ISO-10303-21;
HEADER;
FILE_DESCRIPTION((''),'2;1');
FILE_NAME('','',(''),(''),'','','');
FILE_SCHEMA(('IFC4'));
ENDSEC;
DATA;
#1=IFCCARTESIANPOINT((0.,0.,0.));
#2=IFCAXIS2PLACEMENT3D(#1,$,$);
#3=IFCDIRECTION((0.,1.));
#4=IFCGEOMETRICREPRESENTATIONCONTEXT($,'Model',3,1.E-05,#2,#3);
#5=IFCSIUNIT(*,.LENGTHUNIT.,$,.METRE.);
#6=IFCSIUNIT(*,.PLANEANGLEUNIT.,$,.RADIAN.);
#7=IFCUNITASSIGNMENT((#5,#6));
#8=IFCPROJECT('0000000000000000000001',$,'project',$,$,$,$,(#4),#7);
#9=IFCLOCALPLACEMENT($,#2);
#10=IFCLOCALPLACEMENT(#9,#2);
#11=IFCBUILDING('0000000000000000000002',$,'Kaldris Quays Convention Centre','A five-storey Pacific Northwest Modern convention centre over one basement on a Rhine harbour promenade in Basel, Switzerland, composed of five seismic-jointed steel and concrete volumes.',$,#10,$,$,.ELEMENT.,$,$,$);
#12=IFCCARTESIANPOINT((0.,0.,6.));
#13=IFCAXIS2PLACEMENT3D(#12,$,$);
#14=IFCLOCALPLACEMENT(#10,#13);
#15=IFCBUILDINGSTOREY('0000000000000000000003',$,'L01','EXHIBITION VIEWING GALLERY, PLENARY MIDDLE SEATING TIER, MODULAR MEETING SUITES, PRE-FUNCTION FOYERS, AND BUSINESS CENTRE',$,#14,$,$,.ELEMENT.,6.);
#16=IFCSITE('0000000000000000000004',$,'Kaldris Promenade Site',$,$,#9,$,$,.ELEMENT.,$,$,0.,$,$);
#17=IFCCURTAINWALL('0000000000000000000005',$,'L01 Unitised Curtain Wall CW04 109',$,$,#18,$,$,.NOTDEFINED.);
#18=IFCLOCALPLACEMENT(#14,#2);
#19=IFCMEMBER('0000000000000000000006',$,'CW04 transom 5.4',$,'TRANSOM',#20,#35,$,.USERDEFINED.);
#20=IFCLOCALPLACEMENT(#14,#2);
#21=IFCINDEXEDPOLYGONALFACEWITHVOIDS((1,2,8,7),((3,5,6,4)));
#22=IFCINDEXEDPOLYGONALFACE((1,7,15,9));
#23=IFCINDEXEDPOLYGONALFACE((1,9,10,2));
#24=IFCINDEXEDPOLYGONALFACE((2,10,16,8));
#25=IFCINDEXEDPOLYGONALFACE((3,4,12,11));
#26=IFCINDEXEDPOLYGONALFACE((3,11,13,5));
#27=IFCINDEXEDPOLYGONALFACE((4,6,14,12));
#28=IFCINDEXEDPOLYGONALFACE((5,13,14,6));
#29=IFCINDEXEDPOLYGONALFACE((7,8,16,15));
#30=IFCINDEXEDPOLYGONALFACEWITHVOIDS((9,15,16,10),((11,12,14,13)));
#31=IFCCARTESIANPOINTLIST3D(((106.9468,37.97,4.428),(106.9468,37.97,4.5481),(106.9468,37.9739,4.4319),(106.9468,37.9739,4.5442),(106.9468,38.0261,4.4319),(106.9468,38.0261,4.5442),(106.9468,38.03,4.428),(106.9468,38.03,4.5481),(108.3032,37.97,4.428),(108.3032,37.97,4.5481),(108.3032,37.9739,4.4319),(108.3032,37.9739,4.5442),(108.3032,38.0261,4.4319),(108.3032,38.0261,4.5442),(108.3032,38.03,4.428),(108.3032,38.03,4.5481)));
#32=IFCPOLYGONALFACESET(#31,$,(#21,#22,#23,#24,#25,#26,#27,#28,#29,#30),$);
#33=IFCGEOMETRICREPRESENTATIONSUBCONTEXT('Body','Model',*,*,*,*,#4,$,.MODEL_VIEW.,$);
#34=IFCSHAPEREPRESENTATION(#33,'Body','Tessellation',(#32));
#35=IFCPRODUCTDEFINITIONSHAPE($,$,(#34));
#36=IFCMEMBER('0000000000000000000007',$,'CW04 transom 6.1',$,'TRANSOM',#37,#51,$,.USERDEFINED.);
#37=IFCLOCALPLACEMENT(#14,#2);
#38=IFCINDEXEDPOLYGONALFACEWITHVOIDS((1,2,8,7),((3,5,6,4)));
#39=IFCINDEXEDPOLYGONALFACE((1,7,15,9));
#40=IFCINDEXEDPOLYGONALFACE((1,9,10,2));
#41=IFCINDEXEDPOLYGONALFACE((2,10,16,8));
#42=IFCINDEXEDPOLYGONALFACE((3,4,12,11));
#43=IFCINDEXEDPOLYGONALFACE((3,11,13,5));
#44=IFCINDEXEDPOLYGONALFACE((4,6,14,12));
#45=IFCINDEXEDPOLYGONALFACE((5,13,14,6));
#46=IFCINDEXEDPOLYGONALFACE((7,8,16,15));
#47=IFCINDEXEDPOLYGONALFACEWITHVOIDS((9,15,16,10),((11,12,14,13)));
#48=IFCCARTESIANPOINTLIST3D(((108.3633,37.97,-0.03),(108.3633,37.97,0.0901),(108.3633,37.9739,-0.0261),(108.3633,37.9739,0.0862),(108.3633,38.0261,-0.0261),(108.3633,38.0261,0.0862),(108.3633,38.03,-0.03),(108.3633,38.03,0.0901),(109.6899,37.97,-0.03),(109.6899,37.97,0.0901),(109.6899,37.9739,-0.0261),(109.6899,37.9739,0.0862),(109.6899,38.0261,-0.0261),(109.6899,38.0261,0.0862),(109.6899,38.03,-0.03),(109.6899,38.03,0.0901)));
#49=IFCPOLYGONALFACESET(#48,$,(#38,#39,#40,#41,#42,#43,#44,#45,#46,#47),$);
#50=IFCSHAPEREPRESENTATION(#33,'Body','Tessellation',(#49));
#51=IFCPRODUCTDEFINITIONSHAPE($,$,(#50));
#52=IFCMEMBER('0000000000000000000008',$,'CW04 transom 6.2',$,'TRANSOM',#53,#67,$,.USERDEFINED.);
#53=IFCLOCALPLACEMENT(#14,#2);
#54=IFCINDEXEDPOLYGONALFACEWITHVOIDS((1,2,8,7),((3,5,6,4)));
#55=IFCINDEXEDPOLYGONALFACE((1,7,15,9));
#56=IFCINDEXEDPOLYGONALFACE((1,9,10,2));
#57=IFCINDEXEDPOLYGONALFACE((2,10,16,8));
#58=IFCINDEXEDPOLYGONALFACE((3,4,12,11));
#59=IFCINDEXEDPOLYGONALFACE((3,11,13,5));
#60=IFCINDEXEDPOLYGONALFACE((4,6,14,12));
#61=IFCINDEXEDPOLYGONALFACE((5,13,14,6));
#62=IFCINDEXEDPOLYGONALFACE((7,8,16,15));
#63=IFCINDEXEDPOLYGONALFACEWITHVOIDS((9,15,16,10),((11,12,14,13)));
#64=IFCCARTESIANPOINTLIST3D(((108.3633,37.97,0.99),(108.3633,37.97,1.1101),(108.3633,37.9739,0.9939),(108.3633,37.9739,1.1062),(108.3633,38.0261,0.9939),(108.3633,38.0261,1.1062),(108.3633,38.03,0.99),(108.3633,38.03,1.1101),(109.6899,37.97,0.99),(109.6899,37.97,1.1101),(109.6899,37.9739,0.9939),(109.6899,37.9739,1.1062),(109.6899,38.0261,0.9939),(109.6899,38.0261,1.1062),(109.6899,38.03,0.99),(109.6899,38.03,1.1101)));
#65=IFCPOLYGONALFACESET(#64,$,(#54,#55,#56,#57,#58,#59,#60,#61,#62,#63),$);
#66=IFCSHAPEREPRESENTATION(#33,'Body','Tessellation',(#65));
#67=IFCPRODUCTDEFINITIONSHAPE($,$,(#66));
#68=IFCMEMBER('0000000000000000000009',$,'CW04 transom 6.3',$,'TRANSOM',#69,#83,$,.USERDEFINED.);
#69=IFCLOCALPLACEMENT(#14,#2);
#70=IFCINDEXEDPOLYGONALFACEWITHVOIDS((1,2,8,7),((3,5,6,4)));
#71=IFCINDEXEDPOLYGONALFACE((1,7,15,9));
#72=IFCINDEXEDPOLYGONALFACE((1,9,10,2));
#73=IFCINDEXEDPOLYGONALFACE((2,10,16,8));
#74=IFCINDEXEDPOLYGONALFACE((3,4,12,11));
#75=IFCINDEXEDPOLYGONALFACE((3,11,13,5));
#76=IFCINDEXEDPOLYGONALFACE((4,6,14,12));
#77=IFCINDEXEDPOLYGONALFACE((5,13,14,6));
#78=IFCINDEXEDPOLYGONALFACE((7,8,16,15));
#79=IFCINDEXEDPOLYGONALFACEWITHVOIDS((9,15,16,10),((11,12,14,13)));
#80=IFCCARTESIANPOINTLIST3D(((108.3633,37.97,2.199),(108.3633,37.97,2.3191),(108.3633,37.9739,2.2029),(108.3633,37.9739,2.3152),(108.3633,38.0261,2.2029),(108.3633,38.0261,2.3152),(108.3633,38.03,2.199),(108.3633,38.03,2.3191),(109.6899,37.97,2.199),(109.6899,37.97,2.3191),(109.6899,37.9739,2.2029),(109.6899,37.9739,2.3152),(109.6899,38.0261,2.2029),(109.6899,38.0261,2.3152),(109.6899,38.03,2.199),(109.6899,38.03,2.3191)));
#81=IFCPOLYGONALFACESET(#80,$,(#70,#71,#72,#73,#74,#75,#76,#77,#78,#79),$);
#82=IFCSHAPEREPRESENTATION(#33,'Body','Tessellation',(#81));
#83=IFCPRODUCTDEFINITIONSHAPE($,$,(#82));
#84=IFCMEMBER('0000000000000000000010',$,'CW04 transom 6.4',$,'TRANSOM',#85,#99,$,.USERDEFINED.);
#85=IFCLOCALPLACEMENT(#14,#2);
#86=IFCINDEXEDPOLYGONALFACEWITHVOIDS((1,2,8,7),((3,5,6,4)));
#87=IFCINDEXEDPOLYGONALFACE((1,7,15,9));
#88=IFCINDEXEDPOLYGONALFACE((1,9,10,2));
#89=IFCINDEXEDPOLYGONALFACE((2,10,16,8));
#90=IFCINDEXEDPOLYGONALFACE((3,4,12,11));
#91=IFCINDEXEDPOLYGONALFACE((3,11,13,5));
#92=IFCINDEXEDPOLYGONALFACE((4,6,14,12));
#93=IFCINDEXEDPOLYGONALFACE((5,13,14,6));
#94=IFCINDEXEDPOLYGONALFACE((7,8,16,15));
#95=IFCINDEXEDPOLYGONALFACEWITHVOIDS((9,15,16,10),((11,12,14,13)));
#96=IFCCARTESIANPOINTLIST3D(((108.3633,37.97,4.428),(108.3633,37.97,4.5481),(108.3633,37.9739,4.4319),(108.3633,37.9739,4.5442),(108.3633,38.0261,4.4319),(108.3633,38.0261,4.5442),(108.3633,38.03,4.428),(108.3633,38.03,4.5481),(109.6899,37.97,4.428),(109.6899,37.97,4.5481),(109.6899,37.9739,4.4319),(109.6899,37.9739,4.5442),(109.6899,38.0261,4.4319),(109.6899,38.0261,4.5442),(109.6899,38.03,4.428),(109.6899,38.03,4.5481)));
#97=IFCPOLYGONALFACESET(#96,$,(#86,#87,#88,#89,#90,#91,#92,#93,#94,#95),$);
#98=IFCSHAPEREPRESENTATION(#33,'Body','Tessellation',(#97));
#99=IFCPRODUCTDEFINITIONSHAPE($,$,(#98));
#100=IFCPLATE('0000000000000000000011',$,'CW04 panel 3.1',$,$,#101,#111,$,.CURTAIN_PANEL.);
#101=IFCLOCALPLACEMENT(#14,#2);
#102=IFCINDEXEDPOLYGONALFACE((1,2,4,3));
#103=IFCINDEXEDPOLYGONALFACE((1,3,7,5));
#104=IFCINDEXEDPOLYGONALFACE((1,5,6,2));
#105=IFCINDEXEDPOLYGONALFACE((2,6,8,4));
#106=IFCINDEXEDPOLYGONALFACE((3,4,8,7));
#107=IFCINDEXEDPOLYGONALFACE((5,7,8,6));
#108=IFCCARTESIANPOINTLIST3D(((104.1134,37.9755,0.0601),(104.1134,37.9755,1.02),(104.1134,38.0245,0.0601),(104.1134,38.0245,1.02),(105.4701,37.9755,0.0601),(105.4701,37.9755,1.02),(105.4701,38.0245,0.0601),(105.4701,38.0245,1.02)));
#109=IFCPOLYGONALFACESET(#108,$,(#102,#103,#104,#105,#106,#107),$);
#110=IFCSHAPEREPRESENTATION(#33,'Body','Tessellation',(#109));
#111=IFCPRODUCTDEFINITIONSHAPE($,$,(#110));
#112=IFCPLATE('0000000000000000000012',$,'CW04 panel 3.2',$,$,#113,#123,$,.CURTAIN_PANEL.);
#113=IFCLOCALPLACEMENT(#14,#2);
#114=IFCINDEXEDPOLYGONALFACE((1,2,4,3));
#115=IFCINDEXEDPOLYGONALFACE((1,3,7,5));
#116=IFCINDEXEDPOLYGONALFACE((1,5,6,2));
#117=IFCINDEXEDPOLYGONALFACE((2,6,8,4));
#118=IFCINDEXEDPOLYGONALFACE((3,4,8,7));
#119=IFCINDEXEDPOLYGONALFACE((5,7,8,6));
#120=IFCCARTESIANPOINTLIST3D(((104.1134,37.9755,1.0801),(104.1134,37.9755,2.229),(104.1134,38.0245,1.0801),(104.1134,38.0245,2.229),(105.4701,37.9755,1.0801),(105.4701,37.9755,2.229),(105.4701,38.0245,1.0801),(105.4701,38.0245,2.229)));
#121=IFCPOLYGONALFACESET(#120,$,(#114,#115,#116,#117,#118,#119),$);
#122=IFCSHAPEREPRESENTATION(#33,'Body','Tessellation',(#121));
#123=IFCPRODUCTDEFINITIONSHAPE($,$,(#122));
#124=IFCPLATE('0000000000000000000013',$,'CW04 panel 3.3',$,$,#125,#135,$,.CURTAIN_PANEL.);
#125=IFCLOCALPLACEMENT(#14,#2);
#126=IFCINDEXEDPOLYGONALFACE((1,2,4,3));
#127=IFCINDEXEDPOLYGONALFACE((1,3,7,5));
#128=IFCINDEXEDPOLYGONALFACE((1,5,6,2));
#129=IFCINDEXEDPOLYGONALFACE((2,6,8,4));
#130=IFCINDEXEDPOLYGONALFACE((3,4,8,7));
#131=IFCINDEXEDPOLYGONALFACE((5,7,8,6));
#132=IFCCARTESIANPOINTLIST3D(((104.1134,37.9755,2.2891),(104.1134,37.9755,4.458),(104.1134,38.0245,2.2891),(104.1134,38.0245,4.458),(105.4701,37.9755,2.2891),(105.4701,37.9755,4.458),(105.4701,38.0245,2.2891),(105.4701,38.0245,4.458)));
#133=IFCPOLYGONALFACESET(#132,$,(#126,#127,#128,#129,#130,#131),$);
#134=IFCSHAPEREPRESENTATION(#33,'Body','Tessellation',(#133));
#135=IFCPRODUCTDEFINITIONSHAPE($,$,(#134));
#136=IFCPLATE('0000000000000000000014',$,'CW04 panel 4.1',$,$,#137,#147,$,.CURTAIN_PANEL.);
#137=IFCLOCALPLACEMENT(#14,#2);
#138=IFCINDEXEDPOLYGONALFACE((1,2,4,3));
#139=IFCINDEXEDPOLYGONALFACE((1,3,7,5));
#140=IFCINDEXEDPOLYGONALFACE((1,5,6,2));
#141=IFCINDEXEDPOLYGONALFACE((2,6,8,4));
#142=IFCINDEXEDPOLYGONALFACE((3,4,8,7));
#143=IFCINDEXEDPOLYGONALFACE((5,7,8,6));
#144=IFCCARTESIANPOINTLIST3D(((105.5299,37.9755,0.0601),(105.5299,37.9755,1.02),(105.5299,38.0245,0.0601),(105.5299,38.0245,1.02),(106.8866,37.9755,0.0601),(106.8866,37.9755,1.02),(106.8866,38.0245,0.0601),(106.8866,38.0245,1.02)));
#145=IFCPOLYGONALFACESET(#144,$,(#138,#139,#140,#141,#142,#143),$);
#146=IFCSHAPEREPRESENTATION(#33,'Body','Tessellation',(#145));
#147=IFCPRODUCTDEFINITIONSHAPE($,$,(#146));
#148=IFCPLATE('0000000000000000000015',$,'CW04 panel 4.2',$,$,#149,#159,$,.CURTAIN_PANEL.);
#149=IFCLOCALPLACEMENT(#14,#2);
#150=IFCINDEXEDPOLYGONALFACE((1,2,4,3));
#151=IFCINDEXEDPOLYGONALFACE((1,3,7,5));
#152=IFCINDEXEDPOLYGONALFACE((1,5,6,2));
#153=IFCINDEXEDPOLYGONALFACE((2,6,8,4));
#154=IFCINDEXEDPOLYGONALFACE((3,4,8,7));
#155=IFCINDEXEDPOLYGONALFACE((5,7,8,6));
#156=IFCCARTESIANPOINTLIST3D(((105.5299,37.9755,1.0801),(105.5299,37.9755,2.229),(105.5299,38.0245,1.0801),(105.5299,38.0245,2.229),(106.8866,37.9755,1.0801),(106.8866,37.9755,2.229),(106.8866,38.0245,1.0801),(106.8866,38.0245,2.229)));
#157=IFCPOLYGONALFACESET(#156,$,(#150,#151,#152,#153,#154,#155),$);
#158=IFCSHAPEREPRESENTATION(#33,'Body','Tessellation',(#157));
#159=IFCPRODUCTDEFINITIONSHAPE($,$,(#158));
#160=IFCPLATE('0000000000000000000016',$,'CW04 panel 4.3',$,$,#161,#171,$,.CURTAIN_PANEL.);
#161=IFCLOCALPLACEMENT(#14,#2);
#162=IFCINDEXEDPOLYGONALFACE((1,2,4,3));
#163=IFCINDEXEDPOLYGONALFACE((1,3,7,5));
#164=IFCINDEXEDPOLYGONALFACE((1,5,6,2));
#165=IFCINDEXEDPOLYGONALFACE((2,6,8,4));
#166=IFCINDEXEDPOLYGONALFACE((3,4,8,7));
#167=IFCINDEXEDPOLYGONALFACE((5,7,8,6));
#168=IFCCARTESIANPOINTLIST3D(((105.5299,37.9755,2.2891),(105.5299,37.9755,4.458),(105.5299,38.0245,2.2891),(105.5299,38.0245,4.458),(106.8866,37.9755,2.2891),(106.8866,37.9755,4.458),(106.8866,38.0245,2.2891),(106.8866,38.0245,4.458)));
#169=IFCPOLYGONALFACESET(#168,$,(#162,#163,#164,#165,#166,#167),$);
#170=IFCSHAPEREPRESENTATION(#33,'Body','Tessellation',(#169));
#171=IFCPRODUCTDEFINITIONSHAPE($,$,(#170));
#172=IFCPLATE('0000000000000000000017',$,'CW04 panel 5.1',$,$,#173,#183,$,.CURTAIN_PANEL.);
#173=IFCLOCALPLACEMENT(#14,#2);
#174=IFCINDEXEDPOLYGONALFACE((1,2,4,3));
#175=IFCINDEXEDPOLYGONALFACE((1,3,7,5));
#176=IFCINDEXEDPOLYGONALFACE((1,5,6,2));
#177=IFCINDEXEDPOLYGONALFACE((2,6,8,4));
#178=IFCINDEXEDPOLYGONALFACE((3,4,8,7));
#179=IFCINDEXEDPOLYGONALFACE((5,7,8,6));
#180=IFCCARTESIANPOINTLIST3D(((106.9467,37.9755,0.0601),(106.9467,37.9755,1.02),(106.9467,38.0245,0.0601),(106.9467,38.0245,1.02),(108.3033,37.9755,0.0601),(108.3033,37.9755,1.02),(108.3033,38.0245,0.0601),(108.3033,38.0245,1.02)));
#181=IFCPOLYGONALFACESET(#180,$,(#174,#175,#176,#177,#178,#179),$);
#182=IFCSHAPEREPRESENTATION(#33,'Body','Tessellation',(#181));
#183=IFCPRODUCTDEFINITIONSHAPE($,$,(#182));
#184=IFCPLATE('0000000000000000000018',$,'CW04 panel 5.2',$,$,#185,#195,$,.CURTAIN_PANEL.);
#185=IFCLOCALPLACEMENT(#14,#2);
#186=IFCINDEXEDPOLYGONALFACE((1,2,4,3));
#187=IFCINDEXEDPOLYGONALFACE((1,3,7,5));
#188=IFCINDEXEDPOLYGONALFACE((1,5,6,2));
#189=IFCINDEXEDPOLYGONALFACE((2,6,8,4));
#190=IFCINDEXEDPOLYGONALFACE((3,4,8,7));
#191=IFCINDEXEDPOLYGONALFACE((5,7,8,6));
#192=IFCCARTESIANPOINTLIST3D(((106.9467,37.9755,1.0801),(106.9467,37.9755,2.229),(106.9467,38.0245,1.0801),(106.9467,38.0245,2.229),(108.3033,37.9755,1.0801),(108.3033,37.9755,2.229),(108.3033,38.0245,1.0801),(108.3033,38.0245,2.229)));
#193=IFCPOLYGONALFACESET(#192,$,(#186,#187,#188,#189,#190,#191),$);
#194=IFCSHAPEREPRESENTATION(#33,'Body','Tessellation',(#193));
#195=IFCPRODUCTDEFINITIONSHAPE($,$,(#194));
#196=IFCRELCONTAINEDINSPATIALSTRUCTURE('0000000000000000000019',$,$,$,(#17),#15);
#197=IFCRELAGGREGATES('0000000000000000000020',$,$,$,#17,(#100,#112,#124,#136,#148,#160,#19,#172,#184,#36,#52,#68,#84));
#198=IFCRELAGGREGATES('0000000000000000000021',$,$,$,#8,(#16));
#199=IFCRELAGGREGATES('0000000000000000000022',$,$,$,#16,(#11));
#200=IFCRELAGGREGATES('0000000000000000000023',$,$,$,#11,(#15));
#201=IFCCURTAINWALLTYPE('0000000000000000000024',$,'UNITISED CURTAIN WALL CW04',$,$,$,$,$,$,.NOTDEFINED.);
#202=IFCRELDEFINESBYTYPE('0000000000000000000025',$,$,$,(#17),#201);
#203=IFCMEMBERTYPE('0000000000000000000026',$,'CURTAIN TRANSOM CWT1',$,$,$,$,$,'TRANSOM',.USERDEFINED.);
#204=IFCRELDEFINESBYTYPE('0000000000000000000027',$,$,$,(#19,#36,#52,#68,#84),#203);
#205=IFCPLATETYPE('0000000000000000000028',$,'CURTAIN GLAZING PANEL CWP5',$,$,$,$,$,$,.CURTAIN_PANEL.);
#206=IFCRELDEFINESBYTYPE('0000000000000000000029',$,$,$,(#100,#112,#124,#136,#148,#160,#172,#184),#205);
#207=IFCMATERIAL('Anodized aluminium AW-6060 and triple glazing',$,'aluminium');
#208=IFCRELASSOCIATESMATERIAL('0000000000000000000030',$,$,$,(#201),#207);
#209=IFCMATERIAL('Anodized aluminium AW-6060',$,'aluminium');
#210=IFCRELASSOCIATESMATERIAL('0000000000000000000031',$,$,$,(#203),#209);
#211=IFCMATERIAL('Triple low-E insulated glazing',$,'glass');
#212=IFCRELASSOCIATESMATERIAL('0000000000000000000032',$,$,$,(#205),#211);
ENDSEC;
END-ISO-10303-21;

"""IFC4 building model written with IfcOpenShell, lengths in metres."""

from ifc_helpers import new_model, si_unit, direction, frame, origin, origin_2d, place, context, subcontext, project, spatial, rectangle, hollow_rectangle, extrude, material, material_profile, profile_set, type_object, element, aggregate, save


model = new_model("IFC4")

# Units and contexts
model_context = context("Model", 3, precision=1e-05, world=origin(), true_north=direction((0.0, 1.0)))
body_context = subcontext(model_context, "Body", "Model", "MODEL_VIEW")
ifc_project = project(units=[si_unit("LENGTHUNIT", "METRE"), si_unit("PLANEANGLEUNIT", "RADIAN")], contexts=[model_context])

# Site, building, storey
site_placement = place(None, origin())
site = spatial("IfcSite", under=ifc_project, at=site_placement, Name="Kaldris Promenade Site", CompositionType="ELEMENT", RefElevation=0.0)
building_placement = place(site_placement, origin())
building = spatial("IfcBuilding", under=site, at=building_placement, Name="Kaldris Quays Convention Centre", Description="A five-storey Pacific Northwest Modern convention centre over one basement on a Rhine harbour promenade in Basel, Switzerland, composed of five seismic-jointed steel and concrete volumes.", CompositionType="ELEMENT")
storey_placement = place(building_placement, frame((0.0, 0.0, 6.0)))
storey = spatial("IfcBuildingStorey", under=building, at=storey_placement, Name="L01", Description="EXHIBITION VIEWING GALLERY, PLENARY MIDDLE SEATING TIER, MODULAR MEETING SUITES, PRE-FUNCTION FOYERS, AND BUSINESS CENTRE", CompositionType="ELEMENT", Elevation=6.0)

# Curtain wall, members, plates
ifc_material_1 = material(Name="Anodized aluminium AW-6060 and triple glazing", Category="aluminium")
curtain_wall_type = type_object("IfcCurtainWallType", Name="UNITISED CURTAIN WALL CW04", PredefinedType="NOTDEFINED", material=ifc_material_1)
curtain_wall_placement = place(storey_placement, origin())
curtain_wall = element("IfcCurtainWall", 1, at=curtain_wall_placement, inside=storey, type_object=curtain_wall_type, Name="L01 Unitised Curtain Wall CW04 109", PredefinedType="NOTDEFINED")
ifc_material_2 = material(Name="Anodized aluminium AW-6060", Category="aluminium")
ifc_material_profile_1 = material_profile(ifc_material_2, hollow_rectangle(XDim=0.0601, YDim=0.1201, WallThickness=0.0039, at=origin_2d()), Name="RHS 120x60x4")
ifc_profile_set_1 = profile_set([ifc_material_profile_1], Name="Anodized aluminium AW-6060")
member_type_1 = type_object("IfcMemberType", Name="CURTAIN TRANSOM CWT1", ElementType="TRANSOM", PredefinedType="USERDEFINED", material=ifc_profile_set_1)
member_1_placement = place(storey_placement, frame((106.9468, 38.0, 4.488), z_axis=(1.0, 0.0, 0.0), x_axis=(0.0, 1.0, 0.0)))
member_1 = element("IfcMember", 2, at=member_1_placement, type_object=member_type_1, Name="CW04 transom 5.4", ObjectType="TRANSOM", PredefinedType="USERDEFINED", context=body_context, shape_type="SweptSolid", body=[
    extrude(hollow_rectangle(XDim=0.0601, YDim=0.1201, WallThickness=0.0039, at=origin_2d()), origin(), (0.0, 0.0, 1.0), 1.3564),
])
member_2_placement = place(storey_placement, frame((108.3633, 38.0, 0.03), z_axis=(1.0, 0.0, 0.0), x_axis=(0.0, 1.0, 0.0)))
member_2 = element("IfcMember", 3, at=member_2_placement, type_object=member_type_1, Name="CW04 transom 6.1", ObjectType="TRANSOM", PredefinedType="USERDEFINED", context=body_context, shape_type="SweptSolid", body=[
    extrude(hollow_rectangle(XDim=0.0601, YDim=0.1201, WallThickness=0.0039, at=origin_2d()), origin(), (0.0, 0.0, 1.0), 1.3267),
])
member_3_placement = place(storey_placement, frame((108.3633, 38.0, 1.05), z_axis=(1.0, 0.0, 0.0), x_axis=(0.0, 1.0, 0.0)))
member_3 = element("IfcMember", 4, at=member_3_placement, type_object=member_type_1, Name="CW04 transom 6.2", ObjectType="TRANSOM", PredefinedType="USERDEFINED", context=body_context, shape_type="SweptSolid", body=[
    extrude(hollow_rectangle(XDim=0.0601, YDim=0.1201, WallThickness=0.0039, at=origin_2d()), origin(), (0.0, 0.0, 1.0), 1.3267),
])
member_4_placement = place(storey_placement, frame((108.3633, 38.0, 2.259), z_axis=(1.0, 0.0, 0.0), x_axis=(0.0, 1.0, 0.0)))
member_4 = element("IfcMember", 5, at=member_4_placement, type_object=member_type_1, Name="CW04 transom 6.3", ObjectType="TRANSOM", PredefinedType="USERDEFINED", context=body_context, shape_type="SweptSolid", body=[
    extrude(hollow_rectangle(XDim=0.0601, YDim=0.1201, WallThickness=0.0039, at=origin_2d()), origin(), (0.0, 0.0, 1.0), 1.3267),
])
member_5_placement = place(storey_placement, frame((108.3633, 38.0, 4.488), z_axis=(1.0, 0.0, 0.0), x_axis=(0.0, 1.0, 0.0)))
member_5 = element("IfcMember", 6, at=member_5_placement, type_object=member_type_1, Name="CW04 transom 6.4", ObjectType="TRANSOM", PredefinedType="USERDEFINED", context=body_context, shape_type="SweptSolid", body=[
    extrude(hollow_rectangle(XDim=0.0601, YDim=0.1201, WallThickness=0.0039, at=origin_2d()), origin(), (0.0, 0.0, 1.0), 1.3267),
])
ifc_material_3 = material(Name="Triple low-E insulated glazing", Category="glass")
plate_type = type_object("IfcPlateType", Name="CURTAIN GLAZING PANEL CWP5", PredefinedType="CURTAIN_PANEL", material=ifc_material_3)
plate_1_placement = place(storey_placement, frame((104.7917, 38.0, 0.0601), z_axis=(0.0, 0.0, 1.0), x_axis=(1.0, 0.0, 0.0)))
plate_1 = element("IfcPlate", 7, at=plate_1_placement, type_object=plate_type, Name="CW04 panel 3.1", PredefinedType="CURTAIN_PANEL", context=body_context, shape_type="SweptSolid", body=[
    extrude(rectangle(XDim=1.3567, YDim=0.0491, at=origin_2d()), origin(), (0.0, 0.0, 1.0), 0.96),
])
plate_2_placement = place(storey_placement, frame((104.7917, 38.0, 1.0801), z_axis=(0.0, 0.0, 1.0), x_axis=(1.0, 0.0, 0.0)))
plate_2 = element("IfcPlate", 8, at=plate_2_placement, type_object=plate_type, Name="CW04 panel 3.2", PredefinedType="CURTAIN_PANEL", context=body_context, shape_type="SweptSolid", body=[
    extrude(rectangle(XDim=1.3567, YDim=0.0491, at=origin_2d()), origin(), (0.0, 0.0, 1.0), 1.1489),
])
plate_3_placement = place(storey_placement, frame((104.7917, 38.0, 2.2891), z_axis=(0.0, 0.0, 1.0), x_axis=(1.0, 0.0, 0.0)))
plate_3 = element("IfcPlate", 9, at=plate_3_placement, type_object=plate_type, Name="CW04 panel 3.3", PredefinedType="CURTAIN_PANEL", context=body_context, shape_type="SweptSolid", body=[
    extrude(rectangle(XDim=1.3567, YDim=0.0491, at=origin_2d()), origin(), (0.0, 0.0, 1.0), 2.1689),
])
plate_4_placement = place(storey_placement, frame((106.2083, 38.0, 0.0601), z_axis=(0.0, 0.0, 1.0), x_axis=(1.0, 0.0, 0.0)))
plate_4 = element("IfcPlate", 10, at=plate_4_placement, type_object=plate_type, Name="CW04 panel 4.1", PredefinedType="CURTAIN_PANEL", context=body_context, shape_type="SweptSolid", body=[
    extrude(rectangle(XDim=1.3567, YDim=0.0491, at=origin_2d()), origin(), (0.0, 0.0, 1.0), 0.96),
])
plate_5_placement = place(storey_placement, frame((106.2083, 38.0, 1.0801), z_axis=(0.0, 0.0, 1.0), x_axis=(1.0, 0.0, 0.0)))
plate_5 = element("IfcPlate", 11, at=plate_5_placement, type_object=plate_type, Name="CW04 panel 4.2", PredefinedType="CURTAIN_PANEL", context=body_context, shape_type="SweptSolid", body=[
    extrude(rectangle(XDim=1.3567, YDim=0.0491, at=origin_2d()), origin(), (0.0, 0.0, 1.0), 1.1489),
])
plate_6_placement = place(storey_placement, frame((106.2083, 38.0, 2.2891), z_axis=(0.0, 0.0, 1.0), x_axis=(1.0, 0.0, 0.0)))
plate_6 = element("IfcPlate", 12, at=plate_6_placement, type_object=plate_type, Name="CW04 panel 4.3", PredefinedType="CURTAIN_PANEL", context=body_context, shape_type="SweptSolid", body=[
    extrude(rectangle(XDim=1.3567, YDim=0.0491, at=origin_2d()), origin(), (0.0, 0.0, 1.0), 2.1689),
])
plate_7_placement = place(storey_placement, frame((107.625, 38.0, 0.0601), z_axis=(0.0, 0.0, 1.0), x_axis=(1.0, 0.0, 0.0)))
plate_7 = element("IfcPlate", 13, at=plate_7_placement, type_object=plate_type, Name="CW04 panel 5.1", PredefinedType="CURTAIN_PANEL", context=body_context, shape_type="SweptSolid", body=[
    extrude(rectangle(XDim=1.3567, YDim=0.0491, at=origin_2d()), origin(), (0.0, 0.0, 1.0), 0.96),
])
plate_8_placement = place(storey_placement, frame((107.625, 38.0, 1.0801), z_axis=(0.0, 0.0, 1.0), x_axis=(1.0, 0.0, 0.0)))
plate_8 = element("IfcPlate", 14, at=plate_8_placement, type_object=plate_type, Name="CW04 panel 5.2", PredefinedType="CURTAIN_PANEL", context=body_context, shape_type="SweptSolid", body=[
    extrude(rectangle(XDim=1.3567, YDim=0.0491, at=origin_2d()), origin(), (0.0, 0.0, 1.0), 1.1489),
])
aggregate(curtain_wall, [plate_1, plate_2, plate_3, plate_4, plate_5, plate_6, member_1, plate_7, plate_8, member_2, member_3, member_4, member_5])

save(model, "model.ifc")
